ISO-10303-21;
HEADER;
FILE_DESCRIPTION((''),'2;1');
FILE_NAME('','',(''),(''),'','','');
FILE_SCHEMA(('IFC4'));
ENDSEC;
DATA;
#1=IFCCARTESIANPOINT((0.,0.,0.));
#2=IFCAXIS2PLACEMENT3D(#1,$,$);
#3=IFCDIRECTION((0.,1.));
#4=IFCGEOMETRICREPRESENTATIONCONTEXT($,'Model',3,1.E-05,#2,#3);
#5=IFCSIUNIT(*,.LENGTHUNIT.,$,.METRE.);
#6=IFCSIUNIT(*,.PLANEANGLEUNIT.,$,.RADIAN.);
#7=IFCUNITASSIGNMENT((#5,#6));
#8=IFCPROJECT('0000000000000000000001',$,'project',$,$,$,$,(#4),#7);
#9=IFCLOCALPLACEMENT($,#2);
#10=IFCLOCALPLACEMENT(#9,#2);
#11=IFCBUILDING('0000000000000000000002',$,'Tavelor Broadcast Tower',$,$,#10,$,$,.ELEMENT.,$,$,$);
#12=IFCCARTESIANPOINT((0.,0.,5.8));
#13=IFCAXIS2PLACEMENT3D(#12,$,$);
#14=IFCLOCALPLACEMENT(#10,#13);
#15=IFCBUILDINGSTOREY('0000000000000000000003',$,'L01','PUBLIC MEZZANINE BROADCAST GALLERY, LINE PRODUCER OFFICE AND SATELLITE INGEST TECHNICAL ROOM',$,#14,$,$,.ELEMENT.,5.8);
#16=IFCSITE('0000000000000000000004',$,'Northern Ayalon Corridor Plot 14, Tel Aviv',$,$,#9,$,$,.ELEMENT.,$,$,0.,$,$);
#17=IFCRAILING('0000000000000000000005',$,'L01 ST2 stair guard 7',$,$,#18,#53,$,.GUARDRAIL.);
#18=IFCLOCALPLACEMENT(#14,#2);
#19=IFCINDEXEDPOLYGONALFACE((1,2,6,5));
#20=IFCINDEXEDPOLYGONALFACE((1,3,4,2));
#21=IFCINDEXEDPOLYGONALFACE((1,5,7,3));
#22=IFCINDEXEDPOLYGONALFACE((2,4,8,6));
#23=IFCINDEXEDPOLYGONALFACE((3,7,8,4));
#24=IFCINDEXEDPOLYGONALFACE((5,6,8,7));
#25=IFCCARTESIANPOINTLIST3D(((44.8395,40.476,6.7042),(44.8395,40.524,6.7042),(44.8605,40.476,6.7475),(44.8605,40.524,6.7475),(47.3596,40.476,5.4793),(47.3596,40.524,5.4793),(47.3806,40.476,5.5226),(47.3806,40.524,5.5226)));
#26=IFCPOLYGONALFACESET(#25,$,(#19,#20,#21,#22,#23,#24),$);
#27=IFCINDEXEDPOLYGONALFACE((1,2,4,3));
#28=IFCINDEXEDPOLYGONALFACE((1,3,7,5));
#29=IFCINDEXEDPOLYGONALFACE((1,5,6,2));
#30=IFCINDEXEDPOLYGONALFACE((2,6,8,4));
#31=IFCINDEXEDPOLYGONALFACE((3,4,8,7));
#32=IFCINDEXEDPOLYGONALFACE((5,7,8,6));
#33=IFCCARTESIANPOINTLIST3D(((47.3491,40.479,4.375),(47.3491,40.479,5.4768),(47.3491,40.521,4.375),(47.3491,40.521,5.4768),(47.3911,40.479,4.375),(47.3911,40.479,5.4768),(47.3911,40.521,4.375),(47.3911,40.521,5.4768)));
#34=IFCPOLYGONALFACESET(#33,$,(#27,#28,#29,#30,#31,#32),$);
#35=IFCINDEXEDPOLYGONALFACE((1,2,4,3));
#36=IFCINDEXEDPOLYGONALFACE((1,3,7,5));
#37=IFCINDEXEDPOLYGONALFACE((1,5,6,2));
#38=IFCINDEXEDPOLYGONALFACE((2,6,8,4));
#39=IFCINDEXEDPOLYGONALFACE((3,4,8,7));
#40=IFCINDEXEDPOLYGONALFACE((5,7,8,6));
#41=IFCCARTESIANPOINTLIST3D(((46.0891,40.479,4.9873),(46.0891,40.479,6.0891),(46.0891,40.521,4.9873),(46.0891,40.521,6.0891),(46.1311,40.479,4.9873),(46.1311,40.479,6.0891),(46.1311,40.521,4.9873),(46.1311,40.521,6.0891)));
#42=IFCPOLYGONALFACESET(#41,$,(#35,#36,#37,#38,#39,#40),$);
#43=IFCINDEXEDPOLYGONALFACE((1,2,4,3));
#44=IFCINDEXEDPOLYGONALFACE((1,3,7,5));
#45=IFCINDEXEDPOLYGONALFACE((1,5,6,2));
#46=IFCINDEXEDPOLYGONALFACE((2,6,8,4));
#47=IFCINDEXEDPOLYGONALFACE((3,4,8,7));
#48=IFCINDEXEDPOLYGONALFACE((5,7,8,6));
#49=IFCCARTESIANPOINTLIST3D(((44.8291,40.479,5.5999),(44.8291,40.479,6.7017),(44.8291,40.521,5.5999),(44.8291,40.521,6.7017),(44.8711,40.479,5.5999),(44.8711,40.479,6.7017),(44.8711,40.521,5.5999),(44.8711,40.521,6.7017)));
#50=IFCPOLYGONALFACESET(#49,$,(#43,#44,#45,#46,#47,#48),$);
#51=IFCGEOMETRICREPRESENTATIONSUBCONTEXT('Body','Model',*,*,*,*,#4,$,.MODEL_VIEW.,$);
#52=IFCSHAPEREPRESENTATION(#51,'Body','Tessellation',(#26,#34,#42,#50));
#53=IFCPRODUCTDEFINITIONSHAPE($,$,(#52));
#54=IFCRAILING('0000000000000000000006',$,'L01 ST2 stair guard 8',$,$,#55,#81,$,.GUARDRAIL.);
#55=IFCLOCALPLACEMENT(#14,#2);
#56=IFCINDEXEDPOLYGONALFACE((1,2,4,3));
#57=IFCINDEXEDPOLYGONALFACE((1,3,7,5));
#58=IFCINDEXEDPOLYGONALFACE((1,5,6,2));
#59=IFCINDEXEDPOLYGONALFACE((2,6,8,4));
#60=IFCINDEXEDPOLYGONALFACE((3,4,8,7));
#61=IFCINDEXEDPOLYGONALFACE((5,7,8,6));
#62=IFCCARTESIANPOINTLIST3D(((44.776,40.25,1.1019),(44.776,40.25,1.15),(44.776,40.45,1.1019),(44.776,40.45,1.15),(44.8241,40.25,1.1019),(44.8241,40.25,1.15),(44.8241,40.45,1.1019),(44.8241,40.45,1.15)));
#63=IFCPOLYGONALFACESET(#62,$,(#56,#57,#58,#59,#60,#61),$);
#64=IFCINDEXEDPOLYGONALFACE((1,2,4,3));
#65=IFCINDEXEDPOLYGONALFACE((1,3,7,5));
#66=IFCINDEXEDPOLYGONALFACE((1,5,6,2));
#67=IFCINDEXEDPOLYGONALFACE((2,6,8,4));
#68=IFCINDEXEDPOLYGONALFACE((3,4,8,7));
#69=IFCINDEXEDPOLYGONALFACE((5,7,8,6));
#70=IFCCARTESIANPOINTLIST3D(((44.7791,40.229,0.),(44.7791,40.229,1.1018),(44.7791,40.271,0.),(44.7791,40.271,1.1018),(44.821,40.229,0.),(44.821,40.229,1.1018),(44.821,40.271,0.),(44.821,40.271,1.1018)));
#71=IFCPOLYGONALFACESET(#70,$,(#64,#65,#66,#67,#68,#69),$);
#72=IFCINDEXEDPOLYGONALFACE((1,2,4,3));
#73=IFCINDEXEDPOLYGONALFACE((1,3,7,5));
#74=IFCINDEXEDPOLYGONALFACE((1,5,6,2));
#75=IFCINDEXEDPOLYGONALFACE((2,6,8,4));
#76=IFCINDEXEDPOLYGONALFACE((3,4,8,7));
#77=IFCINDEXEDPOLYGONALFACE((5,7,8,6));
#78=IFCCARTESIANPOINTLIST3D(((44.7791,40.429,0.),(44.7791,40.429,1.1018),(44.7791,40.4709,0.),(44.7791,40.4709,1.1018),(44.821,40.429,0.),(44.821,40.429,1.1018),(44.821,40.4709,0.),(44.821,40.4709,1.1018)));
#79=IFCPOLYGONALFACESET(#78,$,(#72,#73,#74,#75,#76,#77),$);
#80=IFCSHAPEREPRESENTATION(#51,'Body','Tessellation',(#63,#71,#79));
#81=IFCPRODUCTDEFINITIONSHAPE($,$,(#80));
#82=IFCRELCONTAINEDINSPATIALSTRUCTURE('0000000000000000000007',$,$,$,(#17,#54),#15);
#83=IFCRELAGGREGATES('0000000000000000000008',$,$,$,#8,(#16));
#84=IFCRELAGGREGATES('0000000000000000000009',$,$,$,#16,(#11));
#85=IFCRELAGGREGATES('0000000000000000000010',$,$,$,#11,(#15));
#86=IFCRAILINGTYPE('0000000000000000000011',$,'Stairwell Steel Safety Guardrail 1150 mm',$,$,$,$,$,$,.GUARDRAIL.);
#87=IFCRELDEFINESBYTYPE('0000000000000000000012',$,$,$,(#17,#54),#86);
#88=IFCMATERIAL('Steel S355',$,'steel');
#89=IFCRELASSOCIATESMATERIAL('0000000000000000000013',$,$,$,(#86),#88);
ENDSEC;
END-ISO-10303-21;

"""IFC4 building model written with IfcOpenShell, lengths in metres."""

from ifc_helpers import new_model, si_unit, direction, frame, origin, origin_2d, place, context, subcontext, project, spatial, rectangle, extrude, material, type_object, element, save


model = new_model("IFC4")

# Units and contexts
model_context = context("Model", 3, precision=1e-05, world=origin(), true_north=direction((0.0, 1.0)))
body_context = subcontext(model_context, "Body", "Model", "MODEL_VIEW")
ifc_project = project(units=[si_unit("LENGTHUNIT", "METRE"), si_unit("PLANEANGLEUNIT", "RADIAN")], contexts=[model_context])

# Site, building, storey
site_placement = place(None, origin())
site = spatial("IfcSite", under=ifc_project, at=site_placement, Name="Northern Ayalon Corridor Plot 14, Tel Aviv", CompositionType="ELEMENT", RefElevation=0.0)
building_placement = place(site_placement, origin())
building = spatial("IfcBuilding", under=site, at=building_placement, Name="Tavelor Broadcast Tower", CompositionType="ELEMENT")
storey_placement = place(building_placement, frame((0.0, 0.0, 5.8)))
storey = spatial("IfcBuildingStorey", under=building, at=storey_placement, Name="L01", Description="PUBLIC MEZZANINE BROADCAST GALLERY, LINE PRODUCER OFFICE AND SATELLITE INGEST TECHNICAL ROOM", CompositionType="ELEMENT", Elevation=5.8)

# Shared definitions
ifc_material_1 = material(Name="Steel S355", Category="steel")

# Railings
railing_type_1 = type_object("IfcRailingType", Name="Stairwell Steel Safety Guardrail 1150 mm", PredefinedType="GUARDRAIL", material=ifc_material_1)
railing_1_placement = place(storey_placement, frame((47.3701, 40.5, 4.375)))
element("IfcRailing", 1, at=railing_1_placement, inside=storey, type_object=railing_type_1, Name="L01 ST2 stair guard 7", PredefinedType="GUARDRAIL", context=body_context, shape_type="SweptSolid", body=[
    extrude(rectangle(XDim=0.0481, YDim=0.0481, at=origin_2d()), frame((0.0, 0.0, 1.126), z_axis=(-0.89939, 0.0, 0.437148), x_axis=(0.0, -1.0, 0.0)), (0.0, 0.0, 1.0), 2.802),
    extrude(rectangle(XDim=0.042, YDim=0.042, at=origin_2d()), origin(), (0.0, 0.0, 1.0), 1.1018),
    extrude(rectangle(XDim=0.042, YDim=0.042, at=origin_2d()), frame((-1.26, 0.0, 0.6123)), (0.0, 0.0, 1.0), 1.1018),
    extrude(rectangle(XDim=0.042, YDim=0.042, at=origin_2d()), frame((-2.52, 0.0, 1.2249)), (0.0, 0.0, 1.0), 1.1018),
])
railing_2_placement = place(storey_placement, frame((44.8, 40.25, 0.0)))
element("IfcRailing", 2, at=railing_2_placement, inside=storey, type_object=railing_type_1, Name="L01 ST2 stair guard 8", PredefinedType="GUARDRAIL", context=body_context, shape_type="SweptSolid", body=[
    extrude(rectangle(XDim=0.0481, YDim=0.0481, at=origin_2d()), frame((0.0, 0.0, 1.126), z_axis=(0.0, 1.0, 0.0), x_axis=(-1.0, 0.0, 0.0)), (0.0, 0.0, 1.0), 0.2),
    extrude(rectangle(XDim=0.042, YDim=0.042, at=origin_2d()), origin(), (0.0, 0.0, 1.0), 1.1018),
    extrude(rectangle(XDim=0.042, YDim=0.042, at=origin_2d()), frame((0.0, 0.2, 0.0)), (0.0, 0.0, 1.0), 1.1018),
])

save(model, "model.ifc")
